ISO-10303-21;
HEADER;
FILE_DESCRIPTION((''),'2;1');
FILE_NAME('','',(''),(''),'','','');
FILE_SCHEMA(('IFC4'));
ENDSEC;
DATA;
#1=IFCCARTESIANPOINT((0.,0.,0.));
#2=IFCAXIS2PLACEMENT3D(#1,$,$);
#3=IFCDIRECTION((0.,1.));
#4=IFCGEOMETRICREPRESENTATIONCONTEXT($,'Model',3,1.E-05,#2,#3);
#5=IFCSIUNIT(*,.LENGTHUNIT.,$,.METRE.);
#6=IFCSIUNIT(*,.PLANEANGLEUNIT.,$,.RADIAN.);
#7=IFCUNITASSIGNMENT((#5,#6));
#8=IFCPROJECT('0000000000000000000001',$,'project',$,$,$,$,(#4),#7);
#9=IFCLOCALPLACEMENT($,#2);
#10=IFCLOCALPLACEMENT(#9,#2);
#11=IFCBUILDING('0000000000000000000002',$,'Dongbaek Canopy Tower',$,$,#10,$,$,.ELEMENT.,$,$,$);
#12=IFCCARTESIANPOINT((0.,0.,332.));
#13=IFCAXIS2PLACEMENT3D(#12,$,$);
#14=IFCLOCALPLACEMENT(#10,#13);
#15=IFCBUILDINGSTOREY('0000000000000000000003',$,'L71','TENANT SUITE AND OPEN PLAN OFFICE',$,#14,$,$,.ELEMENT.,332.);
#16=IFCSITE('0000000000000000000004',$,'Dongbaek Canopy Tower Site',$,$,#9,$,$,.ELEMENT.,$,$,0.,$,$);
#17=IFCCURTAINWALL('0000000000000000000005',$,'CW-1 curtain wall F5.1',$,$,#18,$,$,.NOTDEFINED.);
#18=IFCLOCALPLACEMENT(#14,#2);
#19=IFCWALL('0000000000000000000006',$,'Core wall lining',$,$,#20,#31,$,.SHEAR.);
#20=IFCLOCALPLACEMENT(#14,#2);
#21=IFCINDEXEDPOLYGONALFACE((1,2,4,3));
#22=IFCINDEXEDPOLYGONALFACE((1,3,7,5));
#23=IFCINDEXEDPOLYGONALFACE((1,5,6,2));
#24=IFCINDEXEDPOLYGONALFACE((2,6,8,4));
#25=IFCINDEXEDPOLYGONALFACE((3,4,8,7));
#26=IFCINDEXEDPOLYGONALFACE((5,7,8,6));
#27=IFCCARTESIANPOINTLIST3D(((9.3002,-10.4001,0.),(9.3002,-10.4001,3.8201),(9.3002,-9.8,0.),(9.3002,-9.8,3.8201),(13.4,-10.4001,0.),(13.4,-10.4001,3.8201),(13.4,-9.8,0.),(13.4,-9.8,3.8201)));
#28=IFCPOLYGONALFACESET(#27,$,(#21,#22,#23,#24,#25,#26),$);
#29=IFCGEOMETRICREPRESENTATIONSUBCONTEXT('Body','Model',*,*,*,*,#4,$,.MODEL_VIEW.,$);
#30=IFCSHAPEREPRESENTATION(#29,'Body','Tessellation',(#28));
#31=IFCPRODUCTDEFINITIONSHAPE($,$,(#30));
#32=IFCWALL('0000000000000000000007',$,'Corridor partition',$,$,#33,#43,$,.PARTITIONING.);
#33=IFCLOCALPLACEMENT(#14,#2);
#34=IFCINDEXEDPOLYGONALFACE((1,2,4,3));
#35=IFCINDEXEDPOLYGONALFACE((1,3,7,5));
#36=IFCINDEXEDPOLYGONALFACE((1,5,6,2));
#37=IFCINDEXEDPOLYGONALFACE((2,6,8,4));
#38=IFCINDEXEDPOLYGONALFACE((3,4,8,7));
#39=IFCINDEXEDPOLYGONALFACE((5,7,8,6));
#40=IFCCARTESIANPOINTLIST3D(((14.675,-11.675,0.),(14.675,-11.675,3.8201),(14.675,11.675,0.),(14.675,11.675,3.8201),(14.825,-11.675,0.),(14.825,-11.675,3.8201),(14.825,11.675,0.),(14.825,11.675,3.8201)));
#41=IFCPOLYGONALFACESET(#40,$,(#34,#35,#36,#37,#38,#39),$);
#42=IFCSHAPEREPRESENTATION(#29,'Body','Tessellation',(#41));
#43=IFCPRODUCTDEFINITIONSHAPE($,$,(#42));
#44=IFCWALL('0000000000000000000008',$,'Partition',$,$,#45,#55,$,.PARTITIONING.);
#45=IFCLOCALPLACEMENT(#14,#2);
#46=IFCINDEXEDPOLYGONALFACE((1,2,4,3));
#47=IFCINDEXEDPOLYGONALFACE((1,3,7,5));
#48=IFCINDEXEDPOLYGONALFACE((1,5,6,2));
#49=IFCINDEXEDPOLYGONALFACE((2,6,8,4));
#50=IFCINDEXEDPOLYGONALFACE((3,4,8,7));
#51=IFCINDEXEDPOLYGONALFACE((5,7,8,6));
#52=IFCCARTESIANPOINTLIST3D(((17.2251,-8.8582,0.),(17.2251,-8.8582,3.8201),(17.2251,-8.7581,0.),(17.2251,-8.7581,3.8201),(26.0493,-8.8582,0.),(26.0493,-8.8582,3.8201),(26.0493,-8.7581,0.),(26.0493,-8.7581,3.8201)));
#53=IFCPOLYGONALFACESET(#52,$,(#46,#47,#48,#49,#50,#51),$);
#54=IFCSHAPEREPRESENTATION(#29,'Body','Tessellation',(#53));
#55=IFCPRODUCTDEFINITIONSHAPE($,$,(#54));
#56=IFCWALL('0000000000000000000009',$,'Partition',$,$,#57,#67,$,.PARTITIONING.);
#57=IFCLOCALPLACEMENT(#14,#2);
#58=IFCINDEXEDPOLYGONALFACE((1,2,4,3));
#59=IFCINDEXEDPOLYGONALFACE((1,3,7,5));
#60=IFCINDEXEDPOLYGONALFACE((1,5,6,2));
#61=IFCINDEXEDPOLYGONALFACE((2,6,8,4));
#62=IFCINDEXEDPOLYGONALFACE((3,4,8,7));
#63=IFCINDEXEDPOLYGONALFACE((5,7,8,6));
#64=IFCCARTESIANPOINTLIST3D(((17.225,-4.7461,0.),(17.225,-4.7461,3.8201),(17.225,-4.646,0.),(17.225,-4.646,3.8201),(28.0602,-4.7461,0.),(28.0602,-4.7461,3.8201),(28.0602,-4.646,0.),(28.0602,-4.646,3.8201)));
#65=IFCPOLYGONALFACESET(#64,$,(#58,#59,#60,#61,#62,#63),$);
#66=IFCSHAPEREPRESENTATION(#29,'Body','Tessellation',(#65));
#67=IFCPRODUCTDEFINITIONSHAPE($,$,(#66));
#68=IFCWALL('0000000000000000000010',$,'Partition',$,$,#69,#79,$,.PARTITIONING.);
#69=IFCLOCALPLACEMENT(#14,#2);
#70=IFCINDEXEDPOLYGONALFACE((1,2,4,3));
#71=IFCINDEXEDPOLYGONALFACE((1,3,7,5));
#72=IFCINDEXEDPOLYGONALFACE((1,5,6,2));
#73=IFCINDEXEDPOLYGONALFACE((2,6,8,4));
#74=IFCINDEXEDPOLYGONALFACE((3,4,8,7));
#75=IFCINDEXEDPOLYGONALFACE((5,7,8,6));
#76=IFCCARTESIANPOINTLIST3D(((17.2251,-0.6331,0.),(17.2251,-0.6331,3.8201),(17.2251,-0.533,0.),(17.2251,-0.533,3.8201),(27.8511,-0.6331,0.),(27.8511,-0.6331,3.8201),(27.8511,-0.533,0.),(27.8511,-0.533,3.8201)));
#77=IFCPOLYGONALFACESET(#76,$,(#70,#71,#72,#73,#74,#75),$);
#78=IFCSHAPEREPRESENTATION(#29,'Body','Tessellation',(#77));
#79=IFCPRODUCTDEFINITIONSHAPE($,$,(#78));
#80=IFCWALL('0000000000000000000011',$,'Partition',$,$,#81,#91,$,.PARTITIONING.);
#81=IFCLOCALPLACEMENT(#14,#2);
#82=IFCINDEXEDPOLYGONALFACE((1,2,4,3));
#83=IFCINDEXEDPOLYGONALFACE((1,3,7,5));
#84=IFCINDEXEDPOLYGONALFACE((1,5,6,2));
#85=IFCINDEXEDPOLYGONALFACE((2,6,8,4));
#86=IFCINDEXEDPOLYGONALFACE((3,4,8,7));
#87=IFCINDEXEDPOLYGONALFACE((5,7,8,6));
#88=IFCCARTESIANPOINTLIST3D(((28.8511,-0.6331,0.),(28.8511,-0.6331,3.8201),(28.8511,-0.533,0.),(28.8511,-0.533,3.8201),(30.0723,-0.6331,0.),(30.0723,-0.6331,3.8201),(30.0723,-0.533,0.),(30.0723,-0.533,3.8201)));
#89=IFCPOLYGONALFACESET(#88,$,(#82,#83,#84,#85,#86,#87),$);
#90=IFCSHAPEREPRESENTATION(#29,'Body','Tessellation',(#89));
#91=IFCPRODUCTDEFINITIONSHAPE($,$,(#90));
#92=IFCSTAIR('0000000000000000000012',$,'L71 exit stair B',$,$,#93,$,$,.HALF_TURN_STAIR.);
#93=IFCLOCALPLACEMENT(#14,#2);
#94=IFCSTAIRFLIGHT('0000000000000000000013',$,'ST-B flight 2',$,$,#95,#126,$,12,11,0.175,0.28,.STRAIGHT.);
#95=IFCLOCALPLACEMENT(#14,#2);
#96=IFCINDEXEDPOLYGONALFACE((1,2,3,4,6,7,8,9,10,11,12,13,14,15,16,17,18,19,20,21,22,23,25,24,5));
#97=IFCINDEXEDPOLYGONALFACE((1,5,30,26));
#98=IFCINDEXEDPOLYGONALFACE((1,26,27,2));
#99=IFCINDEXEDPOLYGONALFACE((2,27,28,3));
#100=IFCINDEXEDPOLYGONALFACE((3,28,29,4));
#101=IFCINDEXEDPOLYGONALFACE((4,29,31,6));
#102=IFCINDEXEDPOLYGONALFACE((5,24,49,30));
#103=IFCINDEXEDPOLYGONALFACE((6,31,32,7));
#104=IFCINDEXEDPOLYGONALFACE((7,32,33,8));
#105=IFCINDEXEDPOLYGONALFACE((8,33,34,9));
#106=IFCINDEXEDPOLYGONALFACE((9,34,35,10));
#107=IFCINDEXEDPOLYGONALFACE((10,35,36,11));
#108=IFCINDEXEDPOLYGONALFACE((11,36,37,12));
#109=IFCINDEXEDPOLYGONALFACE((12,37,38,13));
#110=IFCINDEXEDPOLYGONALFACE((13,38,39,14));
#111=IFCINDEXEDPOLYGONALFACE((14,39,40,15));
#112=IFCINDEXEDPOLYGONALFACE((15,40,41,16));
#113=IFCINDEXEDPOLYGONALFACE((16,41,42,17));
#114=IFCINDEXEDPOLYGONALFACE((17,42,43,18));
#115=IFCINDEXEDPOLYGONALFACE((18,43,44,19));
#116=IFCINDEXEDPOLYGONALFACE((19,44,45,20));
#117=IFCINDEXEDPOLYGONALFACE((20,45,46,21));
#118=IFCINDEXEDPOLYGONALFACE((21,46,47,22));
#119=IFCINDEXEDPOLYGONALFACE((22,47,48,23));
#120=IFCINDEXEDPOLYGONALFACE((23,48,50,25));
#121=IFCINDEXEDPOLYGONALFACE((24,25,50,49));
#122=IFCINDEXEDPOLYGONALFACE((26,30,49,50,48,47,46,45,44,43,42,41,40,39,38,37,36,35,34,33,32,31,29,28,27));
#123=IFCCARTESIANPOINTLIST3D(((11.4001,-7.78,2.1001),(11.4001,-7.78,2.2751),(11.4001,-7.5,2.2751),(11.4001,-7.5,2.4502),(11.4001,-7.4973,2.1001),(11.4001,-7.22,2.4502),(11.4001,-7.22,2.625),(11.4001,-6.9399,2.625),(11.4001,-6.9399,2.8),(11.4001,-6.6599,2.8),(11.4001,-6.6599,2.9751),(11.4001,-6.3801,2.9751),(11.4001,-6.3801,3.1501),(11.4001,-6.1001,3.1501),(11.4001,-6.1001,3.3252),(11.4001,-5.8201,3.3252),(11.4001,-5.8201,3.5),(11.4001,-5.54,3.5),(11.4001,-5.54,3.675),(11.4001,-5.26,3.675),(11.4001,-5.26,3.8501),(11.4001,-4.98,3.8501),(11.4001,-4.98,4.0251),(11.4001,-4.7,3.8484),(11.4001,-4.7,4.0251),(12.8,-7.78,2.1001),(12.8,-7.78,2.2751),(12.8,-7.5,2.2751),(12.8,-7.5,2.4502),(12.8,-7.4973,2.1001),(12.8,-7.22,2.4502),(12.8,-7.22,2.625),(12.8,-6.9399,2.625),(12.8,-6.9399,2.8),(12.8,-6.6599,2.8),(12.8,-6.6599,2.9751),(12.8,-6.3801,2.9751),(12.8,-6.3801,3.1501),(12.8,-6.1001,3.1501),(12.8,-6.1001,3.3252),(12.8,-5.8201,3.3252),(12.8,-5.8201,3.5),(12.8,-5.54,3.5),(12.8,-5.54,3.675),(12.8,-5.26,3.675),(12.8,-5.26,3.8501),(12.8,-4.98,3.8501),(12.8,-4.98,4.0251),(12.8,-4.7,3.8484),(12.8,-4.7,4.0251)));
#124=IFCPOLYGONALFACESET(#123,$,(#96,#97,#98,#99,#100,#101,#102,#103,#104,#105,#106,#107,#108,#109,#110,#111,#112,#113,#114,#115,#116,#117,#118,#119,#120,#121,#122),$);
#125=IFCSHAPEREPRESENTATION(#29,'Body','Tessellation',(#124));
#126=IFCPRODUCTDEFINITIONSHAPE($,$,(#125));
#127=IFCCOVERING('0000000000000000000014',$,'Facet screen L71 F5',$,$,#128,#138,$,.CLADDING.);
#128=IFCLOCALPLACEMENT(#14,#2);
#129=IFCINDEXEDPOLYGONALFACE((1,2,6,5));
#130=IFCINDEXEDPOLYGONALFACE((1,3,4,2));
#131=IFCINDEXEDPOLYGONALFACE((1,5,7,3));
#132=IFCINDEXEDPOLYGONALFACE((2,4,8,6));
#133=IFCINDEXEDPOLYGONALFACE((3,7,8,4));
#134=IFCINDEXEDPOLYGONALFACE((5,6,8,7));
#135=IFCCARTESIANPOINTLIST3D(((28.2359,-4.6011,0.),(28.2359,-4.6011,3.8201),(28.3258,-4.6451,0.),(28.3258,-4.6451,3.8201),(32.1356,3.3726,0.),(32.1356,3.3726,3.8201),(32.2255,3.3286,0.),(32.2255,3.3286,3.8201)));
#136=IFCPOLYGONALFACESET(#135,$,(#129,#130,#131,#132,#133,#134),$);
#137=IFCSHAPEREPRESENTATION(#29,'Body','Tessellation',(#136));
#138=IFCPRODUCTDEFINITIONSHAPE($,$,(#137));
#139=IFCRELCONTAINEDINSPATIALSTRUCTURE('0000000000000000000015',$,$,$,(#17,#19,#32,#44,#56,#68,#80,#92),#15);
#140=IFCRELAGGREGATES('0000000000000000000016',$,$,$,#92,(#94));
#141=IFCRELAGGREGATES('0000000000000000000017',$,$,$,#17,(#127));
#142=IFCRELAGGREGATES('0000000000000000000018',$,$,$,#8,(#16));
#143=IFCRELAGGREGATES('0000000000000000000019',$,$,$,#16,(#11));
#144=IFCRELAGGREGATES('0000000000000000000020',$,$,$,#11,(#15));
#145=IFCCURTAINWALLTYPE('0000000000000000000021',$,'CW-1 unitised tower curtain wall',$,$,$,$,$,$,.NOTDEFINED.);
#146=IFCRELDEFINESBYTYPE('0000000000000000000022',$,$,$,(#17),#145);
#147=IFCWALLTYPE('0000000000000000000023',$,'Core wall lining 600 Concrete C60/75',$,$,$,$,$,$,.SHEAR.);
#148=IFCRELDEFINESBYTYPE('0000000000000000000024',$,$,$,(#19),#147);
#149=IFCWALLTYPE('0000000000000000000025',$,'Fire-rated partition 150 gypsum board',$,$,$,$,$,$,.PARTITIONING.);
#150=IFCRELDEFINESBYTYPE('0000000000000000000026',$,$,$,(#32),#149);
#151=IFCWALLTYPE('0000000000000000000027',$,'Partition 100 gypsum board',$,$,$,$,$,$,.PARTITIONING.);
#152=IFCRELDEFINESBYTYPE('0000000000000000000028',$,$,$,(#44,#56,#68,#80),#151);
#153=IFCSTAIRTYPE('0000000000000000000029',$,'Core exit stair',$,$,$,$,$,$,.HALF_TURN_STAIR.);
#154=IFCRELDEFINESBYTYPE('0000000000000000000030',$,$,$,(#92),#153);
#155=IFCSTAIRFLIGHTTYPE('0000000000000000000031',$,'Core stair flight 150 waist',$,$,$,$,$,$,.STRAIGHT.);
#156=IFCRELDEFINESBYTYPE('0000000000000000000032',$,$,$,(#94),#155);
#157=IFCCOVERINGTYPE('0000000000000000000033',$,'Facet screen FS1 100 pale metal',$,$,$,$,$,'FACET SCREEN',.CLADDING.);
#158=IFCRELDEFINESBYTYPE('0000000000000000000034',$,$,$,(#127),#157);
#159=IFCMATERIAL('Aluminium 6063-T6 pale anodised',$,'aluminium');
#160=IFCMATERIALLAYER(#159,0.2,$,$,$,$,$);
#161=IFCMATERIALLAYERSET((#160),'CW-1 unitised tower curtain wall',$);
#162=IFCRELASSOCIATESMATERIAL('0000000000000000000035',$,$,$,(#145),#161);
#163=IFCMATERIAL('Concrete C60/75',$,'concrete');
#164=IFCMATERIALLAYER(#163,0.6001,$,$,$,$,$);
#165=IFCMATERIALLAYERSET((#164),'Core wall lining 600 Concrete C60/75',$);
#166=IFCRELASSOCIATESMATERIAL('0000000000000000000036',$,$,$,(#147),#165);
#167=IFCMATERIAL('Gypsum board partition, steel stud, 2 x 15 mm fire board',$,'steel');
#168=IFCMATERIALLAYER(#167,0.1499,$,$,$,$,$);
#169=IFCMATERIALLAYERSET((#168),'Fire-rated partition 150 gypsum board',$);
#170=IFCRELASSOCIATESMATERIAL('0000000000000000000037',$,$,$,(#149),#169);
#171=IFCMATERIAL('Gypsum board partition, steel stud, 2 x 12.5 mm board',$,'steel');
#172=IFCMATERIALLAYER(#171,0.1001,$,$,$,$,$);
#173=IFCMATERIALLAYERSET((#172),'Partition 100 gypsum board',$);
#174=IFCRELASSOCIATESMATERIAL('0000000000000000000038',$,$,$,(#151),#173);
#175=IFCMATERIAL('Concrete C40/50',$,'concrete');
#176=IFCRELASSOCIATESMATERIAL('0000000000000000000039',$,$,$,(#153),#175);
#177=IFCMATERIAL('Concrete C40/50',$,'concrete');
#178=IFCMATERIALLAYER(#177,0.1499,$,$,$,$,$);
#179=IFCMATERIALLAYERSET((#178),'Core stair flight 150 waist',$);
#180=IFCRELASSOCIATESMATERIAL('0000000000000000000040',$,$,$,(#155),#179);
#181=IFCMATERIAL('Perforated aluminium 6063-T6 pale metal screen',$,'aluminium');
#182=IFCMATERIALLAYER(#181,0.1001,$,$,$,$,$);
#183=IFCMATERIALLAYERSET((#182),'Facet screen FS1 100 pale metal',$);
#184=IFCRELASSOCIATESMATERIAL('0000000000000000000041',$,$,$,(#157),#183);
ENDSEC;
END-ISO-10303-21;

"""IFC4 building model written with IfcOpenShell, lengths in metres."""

from ifc_helpers import new_model, si_unit, direction, frame, frame_2d, origin, origin_2d, place, context, subcontext, project, spatial, polyline, rectangle, outline, extrude, material, layer, layer_set, type_object, element, aggregate, save


model = new_model("IFC4")

# Units and contexts
model_context = context("Model", 3, precision=1e-05, world=origin(), true_north=direction((0.0, 1.0)))
body_context = subcontext(model_context, "Body", "Model", "MODEL_VIEW")
ifc_project = project(units=[si_unit("LENGTHUNIT", "METRE"), si_unit("PLANEANGLEUNIT", "RADIAN")], contexts=[model_context])

# Site, building, storey
site_placement = place(None, origin())
site = spatial("IfcSite", under=ifc_project, at=site_placement, Name="Dongbaek Canopy Tower Site", CompositionType="ELEMENT", RefElevation=0.0)
building_placement = place(site_placement, origin())
building = spatial("IfcBuilding", under=site, at=building_placement, Name="Dongbaek Canopy Tower", CompositionType="ELEMENT")
storey_placement = place(building_placement, frame((0.0, 0.0, 332.0)))
storey = spatial("IfcBuildingStorey", under=building, at=storey_placement, Name="L71", Description="TENANT SUITE AND OPEN PLAN OFFICE", CompositionType="ELEMENT", Elevation=332.0)

# Curtain wall
ifc_material_1 = material(Name="Aluminium 6063-T6 pale anodised", Category="aluminium")
ifc_layer_1 = layer(ifc_material_1, 0.2)
ifc_layer_set_1 = layer_set([ifc_layer_1], Name="CW-1 unitised tower curtain wall")
curtain_wall_type = type_object("IfcCurtainWallType", Name="CW-1 unitised tower curtain wall", PredefinedType="NOTDEFINED", material=ifc_layer_set_1)
curtain_wall_placement = place(storey_placement, origin())
curtain_wall = element("IfcCurtainWall", 1, at=curtain_wall_placement, inside=storey, type_object=curtain_wall_type, Name="CW-1 curtain wall F5.1", PredefinedType="NOTDEFINED")

# Walls
ifc_material_2 = material(Name="Concrete C60/75", Category="concrete")
ifc_layer_2 = layer(ifc_material_2, 0.6001)
ifc_layer_set_2 = layer_set([ifc_layer_2], Name="Core wall lining 600 Concrete C60/75")
wall_type_1 = type_object("IfcWallType", Name="Core wall lining 600 Concrete C60/75", PredefinedType="SHEAR", material=ifc_layer_set_2)
wall_1_placement = place(storey_placement, frame((13.3999, -10.1001, 0.0), z_axis=(0.0, 0.0, 1.0), x_axis=(-1.0, 0.0, 0.0)))
element("IfcWall", 2, at=wall_1_placement, inside=storey, type_object=wall_type_1, Name="Core wall lining", PredefinedType="SHEAR", context=body_context, shape_type="SweptSolid", body=[
    extrude(rectangle(XDim=4.0999, YDim=0.6001, at=frame_2d((2.0498, 0.0))), origin(), (0.0, 0.0, 1.0), 3.8201),
])
ifc_material_3 = material(Name="Gypsum board partition, steel stud, 2 x 15 mm fire board", Category="steel")
ifc_layer_3 = layer(ifc_material_3, 0.1499)
ifc_layer_set_3 = layer_set([ifc_layer_3], Name="Fire-rated partition 150 gypsum board")
wall_type_2 = type_object("IfcWallType", Name="Fire-rated partition 150 gypsum board", PredefinedType="PARTITIONING", material=ifc_layer_set_3)
wall_2_placement = place(storey_placement, frame((14.75, -11.675, 0.0), z_axis=(0.0, 0.0, 1.0), x_axis=(0.0, 1.0, 0.0)))
element("IfcWall", 3, at=wall_2_placement, inside=storey, type_object=wall_type_2, Name="Corridor partition", PredefinedType="PARTITIONING", context=body_context, shape_type="SweptSolid", body=[
    extrude(rectangle(XDim=23.3501, YDim=0.1499, at=frame_2d((11.675, 0.0))), origin(), (0.0, 0.0, 1.0), 3.8201),
])
ifc_material_4 = material(Name="Gypsum board partition, steel stud, 2 x 12.5 mm board", Category="steel")
ifc_layer_4 = layer(ifc_material_4, 0.1001)
ifc_layer_set_4 = layer_set([ifc_layer_4], Name="Partition 100 gypsum board")
wall_type_3 = type_object("IfcWallType", Name="Partition 100 gypsum board", PredefinedType="PARTITIONING", material=ifc_layer_set_4)
wall_3_placement = place(storey_placement, frame((17.2251, -8.8081, 0.0), z_axis=(0.0, 0.0, 1.0), x_axis=(1.0, 0.0, 0.0)))
element("IfcWall", 4, at=wall_3_placement, inside=storey, type_object=wall_type_3, Name="Partition", PredefinedType="PARTITIONING", context=body_context, shape_type="SweptSolid", body=[
    extrude(rectangle(XDim=8.8242, YDim=0.1001, at=frame_2d((4.4121, 0.0))), origin(), (0.0, 0.0, 1.0), 3.8201),
])
wall_4_placement = place(storey_placement, frame((17.2251, -4.696, 0.0), z_axis=(0.0, 0.0, 1.0), x_axis=(1.0, 0.0, 0.0)))
element("IfcWall", 5, at=wall_4_placement, inside=storey, type_object=wall_type_3, Name="Partition", PredefinedType="PARTITIONING", context=body_context, shape_type="SweptSolid", body=[
    extrude(rectangle(XDim=10.8352, YDim=0.1001, at=frame_2d((5.4175, 0.0))), origin(), (0.0, 0.0, 1.0), 3.8201),
])
wall_5_placement = place(storey_placement, frame((17.2251, -0.583, 0.0), z_axis=(0.0, 0.0, 1.0), x_axis=(1.0, 0.0, 0.0)))
element("IfcWall", 6, at=wall_5_placement, inside=storey, type_object=wall_type_3, Name="Partition", PredefinedType="PARTITIONING", context=body_context, shape_type="SweptSolid", body=[
    extrude(rectangle(XDim=10.626, YDim=0.1001, at=frame_2d((5.313, 0.0))), origin(), (0.0, 0.0, 1.0), 3.8201),
])
wall_6_placement = place(storey_placement, frame((28.8511, -0.583, 0.0), z_axis=(0.0, 0.0, 1.0), x_axis=(1.0, 0.0, 0.0)))
element("IfcWall", 7, at=wall_6_placement, inside=storey, type_object=wall_type_3, Name="Partition", PredefinedType="PARTITIONING", context=body_context, shape_type="SweptSolid", body=[
    extrude(rectangle(XDim=1.2212, YDim=0.1001, at=frame_2d((0.6106, 0.0))), origin(), (0.0, 0.0, 1.0), 3.8201),
])

# Stair, stair flight
ifc_material_5 = material(Name="Concrete C40/50", Category="concrete")
stair_type = type_object("IfcStairType", Name="Core exit stair", PredefinedType="HALF_TURN_STAIR", material=ifc_material_5)
stair_placement = place(storey_placement, origin())
stair = element("IfcStair", 8, at=stair_placement, inside=storey, type_object=stair_type, Name="L71 exit stair B", PredefinedType="HALF_TURN_STAIR")
ifc_material_6 = material(Name="Concrete C40/50", Category="concrete")
ifc_layer_5 = layer(ifc_material_6, 0.1499)
ifc_layer_set_5 = layer_set([ifc_layer_5], Name="Core stair flight 150 waist")
stair_flight_type = type_object("IfcStairFlightType", Name="Core stair flight 150 waist", PredefinedType="STRAIGHT", material=ifc_layer_set_5)
stair_flight_placement = place(storey_placement, frame((12.1001, -7.78, 2.1001), z_axis=(0.0, 0.0, 1.0), x_axis=(0.0, 1.0, 0.0)))
stair_flight = element("IfcStairFlight", 9, at=stair_flight_placement, type_object=stair_flight_type, Name="ST-B flight 2", NumberOfRisers=12, NumberOfTreads=11, PredefinedType="STRAIGHT", RiserHeight=0.175, TreadLength=0.28, context=body_context, shape_type="SweptSolid", body=[
    extrude(outline(polyline([(0.0, 0.0), (0.0, 0.175), (0.28, 0.175), (0.28, 0.3501), (0.5601, 0.3501), (0.5601, 0.5249), (0.8401, 0.5249), (0.8401, 0.7), (1.1201, 0.7), (1.1201, 0.875), (1.3999, 0.875), (1.3999, 1.05), (1.6799, 1.05), (1.6799, 1.2251), (1.96, 1.2251), (1.96, 1.3999), (2.24, 1.3999), (2.24, 1.575), (2.52, 1.575), (2.52, 1.75), (2.8, 1.75), (2.8, 1.925), (3.0801, 1.925), (3.0801, 2.1001), (3.0801, 1.7483), (0.2827, 0.0), (0.0, 0.0)])), frame((0.0, 0.7, 0.0), z_axis=(0.0, -1.0, 0.0), x_axis=(1.0, 0.0, 0.0)), (0.0, 0.0, 1.0), 1.3999),
])
aggregate(stair, [stair_flight])

# Covering
ifc_material_7 = material(Name="Perforated aluminium 6063-T6 pale metal screen", Category="aluminium")
ifc_layer_6 = layer(ifc_material_7, 0.1001)
ifc_layer_set_6 = layer_set([ifc_layer_6], Name="Facet screen FS1 100 pale metal")
covering_type = type_object("IfcCoveringType", Name="Facet screen FS1 100 pale metal", ElementType="FACET SCREEN", PredefinedType="CLADDING", material=ifc_layer_set_6)
covering_placement = place(storey_placement, frame((30.2307, -0.6362, 0.0), z_axis=(0.0, 0.0, 1.0), x_axis=(0.439337, 0.898322, 0.0)))
covering = element("IfcCovering", 10, at=covering_placement, type_object=covering_type, Name="Facet screen L71 F5", PredefinedType="CLADDING", context=body_context, shape_type="SweptSolid", body=[
    extrude(rectangle(XDim=8.8762, YDim=0.1001, at=origin_2d()), origin(), (0.0, 0.0, 1.0), 3.8201),
])
aggregate(curtain_wall, [covering])

save(model, "model.ifc")
